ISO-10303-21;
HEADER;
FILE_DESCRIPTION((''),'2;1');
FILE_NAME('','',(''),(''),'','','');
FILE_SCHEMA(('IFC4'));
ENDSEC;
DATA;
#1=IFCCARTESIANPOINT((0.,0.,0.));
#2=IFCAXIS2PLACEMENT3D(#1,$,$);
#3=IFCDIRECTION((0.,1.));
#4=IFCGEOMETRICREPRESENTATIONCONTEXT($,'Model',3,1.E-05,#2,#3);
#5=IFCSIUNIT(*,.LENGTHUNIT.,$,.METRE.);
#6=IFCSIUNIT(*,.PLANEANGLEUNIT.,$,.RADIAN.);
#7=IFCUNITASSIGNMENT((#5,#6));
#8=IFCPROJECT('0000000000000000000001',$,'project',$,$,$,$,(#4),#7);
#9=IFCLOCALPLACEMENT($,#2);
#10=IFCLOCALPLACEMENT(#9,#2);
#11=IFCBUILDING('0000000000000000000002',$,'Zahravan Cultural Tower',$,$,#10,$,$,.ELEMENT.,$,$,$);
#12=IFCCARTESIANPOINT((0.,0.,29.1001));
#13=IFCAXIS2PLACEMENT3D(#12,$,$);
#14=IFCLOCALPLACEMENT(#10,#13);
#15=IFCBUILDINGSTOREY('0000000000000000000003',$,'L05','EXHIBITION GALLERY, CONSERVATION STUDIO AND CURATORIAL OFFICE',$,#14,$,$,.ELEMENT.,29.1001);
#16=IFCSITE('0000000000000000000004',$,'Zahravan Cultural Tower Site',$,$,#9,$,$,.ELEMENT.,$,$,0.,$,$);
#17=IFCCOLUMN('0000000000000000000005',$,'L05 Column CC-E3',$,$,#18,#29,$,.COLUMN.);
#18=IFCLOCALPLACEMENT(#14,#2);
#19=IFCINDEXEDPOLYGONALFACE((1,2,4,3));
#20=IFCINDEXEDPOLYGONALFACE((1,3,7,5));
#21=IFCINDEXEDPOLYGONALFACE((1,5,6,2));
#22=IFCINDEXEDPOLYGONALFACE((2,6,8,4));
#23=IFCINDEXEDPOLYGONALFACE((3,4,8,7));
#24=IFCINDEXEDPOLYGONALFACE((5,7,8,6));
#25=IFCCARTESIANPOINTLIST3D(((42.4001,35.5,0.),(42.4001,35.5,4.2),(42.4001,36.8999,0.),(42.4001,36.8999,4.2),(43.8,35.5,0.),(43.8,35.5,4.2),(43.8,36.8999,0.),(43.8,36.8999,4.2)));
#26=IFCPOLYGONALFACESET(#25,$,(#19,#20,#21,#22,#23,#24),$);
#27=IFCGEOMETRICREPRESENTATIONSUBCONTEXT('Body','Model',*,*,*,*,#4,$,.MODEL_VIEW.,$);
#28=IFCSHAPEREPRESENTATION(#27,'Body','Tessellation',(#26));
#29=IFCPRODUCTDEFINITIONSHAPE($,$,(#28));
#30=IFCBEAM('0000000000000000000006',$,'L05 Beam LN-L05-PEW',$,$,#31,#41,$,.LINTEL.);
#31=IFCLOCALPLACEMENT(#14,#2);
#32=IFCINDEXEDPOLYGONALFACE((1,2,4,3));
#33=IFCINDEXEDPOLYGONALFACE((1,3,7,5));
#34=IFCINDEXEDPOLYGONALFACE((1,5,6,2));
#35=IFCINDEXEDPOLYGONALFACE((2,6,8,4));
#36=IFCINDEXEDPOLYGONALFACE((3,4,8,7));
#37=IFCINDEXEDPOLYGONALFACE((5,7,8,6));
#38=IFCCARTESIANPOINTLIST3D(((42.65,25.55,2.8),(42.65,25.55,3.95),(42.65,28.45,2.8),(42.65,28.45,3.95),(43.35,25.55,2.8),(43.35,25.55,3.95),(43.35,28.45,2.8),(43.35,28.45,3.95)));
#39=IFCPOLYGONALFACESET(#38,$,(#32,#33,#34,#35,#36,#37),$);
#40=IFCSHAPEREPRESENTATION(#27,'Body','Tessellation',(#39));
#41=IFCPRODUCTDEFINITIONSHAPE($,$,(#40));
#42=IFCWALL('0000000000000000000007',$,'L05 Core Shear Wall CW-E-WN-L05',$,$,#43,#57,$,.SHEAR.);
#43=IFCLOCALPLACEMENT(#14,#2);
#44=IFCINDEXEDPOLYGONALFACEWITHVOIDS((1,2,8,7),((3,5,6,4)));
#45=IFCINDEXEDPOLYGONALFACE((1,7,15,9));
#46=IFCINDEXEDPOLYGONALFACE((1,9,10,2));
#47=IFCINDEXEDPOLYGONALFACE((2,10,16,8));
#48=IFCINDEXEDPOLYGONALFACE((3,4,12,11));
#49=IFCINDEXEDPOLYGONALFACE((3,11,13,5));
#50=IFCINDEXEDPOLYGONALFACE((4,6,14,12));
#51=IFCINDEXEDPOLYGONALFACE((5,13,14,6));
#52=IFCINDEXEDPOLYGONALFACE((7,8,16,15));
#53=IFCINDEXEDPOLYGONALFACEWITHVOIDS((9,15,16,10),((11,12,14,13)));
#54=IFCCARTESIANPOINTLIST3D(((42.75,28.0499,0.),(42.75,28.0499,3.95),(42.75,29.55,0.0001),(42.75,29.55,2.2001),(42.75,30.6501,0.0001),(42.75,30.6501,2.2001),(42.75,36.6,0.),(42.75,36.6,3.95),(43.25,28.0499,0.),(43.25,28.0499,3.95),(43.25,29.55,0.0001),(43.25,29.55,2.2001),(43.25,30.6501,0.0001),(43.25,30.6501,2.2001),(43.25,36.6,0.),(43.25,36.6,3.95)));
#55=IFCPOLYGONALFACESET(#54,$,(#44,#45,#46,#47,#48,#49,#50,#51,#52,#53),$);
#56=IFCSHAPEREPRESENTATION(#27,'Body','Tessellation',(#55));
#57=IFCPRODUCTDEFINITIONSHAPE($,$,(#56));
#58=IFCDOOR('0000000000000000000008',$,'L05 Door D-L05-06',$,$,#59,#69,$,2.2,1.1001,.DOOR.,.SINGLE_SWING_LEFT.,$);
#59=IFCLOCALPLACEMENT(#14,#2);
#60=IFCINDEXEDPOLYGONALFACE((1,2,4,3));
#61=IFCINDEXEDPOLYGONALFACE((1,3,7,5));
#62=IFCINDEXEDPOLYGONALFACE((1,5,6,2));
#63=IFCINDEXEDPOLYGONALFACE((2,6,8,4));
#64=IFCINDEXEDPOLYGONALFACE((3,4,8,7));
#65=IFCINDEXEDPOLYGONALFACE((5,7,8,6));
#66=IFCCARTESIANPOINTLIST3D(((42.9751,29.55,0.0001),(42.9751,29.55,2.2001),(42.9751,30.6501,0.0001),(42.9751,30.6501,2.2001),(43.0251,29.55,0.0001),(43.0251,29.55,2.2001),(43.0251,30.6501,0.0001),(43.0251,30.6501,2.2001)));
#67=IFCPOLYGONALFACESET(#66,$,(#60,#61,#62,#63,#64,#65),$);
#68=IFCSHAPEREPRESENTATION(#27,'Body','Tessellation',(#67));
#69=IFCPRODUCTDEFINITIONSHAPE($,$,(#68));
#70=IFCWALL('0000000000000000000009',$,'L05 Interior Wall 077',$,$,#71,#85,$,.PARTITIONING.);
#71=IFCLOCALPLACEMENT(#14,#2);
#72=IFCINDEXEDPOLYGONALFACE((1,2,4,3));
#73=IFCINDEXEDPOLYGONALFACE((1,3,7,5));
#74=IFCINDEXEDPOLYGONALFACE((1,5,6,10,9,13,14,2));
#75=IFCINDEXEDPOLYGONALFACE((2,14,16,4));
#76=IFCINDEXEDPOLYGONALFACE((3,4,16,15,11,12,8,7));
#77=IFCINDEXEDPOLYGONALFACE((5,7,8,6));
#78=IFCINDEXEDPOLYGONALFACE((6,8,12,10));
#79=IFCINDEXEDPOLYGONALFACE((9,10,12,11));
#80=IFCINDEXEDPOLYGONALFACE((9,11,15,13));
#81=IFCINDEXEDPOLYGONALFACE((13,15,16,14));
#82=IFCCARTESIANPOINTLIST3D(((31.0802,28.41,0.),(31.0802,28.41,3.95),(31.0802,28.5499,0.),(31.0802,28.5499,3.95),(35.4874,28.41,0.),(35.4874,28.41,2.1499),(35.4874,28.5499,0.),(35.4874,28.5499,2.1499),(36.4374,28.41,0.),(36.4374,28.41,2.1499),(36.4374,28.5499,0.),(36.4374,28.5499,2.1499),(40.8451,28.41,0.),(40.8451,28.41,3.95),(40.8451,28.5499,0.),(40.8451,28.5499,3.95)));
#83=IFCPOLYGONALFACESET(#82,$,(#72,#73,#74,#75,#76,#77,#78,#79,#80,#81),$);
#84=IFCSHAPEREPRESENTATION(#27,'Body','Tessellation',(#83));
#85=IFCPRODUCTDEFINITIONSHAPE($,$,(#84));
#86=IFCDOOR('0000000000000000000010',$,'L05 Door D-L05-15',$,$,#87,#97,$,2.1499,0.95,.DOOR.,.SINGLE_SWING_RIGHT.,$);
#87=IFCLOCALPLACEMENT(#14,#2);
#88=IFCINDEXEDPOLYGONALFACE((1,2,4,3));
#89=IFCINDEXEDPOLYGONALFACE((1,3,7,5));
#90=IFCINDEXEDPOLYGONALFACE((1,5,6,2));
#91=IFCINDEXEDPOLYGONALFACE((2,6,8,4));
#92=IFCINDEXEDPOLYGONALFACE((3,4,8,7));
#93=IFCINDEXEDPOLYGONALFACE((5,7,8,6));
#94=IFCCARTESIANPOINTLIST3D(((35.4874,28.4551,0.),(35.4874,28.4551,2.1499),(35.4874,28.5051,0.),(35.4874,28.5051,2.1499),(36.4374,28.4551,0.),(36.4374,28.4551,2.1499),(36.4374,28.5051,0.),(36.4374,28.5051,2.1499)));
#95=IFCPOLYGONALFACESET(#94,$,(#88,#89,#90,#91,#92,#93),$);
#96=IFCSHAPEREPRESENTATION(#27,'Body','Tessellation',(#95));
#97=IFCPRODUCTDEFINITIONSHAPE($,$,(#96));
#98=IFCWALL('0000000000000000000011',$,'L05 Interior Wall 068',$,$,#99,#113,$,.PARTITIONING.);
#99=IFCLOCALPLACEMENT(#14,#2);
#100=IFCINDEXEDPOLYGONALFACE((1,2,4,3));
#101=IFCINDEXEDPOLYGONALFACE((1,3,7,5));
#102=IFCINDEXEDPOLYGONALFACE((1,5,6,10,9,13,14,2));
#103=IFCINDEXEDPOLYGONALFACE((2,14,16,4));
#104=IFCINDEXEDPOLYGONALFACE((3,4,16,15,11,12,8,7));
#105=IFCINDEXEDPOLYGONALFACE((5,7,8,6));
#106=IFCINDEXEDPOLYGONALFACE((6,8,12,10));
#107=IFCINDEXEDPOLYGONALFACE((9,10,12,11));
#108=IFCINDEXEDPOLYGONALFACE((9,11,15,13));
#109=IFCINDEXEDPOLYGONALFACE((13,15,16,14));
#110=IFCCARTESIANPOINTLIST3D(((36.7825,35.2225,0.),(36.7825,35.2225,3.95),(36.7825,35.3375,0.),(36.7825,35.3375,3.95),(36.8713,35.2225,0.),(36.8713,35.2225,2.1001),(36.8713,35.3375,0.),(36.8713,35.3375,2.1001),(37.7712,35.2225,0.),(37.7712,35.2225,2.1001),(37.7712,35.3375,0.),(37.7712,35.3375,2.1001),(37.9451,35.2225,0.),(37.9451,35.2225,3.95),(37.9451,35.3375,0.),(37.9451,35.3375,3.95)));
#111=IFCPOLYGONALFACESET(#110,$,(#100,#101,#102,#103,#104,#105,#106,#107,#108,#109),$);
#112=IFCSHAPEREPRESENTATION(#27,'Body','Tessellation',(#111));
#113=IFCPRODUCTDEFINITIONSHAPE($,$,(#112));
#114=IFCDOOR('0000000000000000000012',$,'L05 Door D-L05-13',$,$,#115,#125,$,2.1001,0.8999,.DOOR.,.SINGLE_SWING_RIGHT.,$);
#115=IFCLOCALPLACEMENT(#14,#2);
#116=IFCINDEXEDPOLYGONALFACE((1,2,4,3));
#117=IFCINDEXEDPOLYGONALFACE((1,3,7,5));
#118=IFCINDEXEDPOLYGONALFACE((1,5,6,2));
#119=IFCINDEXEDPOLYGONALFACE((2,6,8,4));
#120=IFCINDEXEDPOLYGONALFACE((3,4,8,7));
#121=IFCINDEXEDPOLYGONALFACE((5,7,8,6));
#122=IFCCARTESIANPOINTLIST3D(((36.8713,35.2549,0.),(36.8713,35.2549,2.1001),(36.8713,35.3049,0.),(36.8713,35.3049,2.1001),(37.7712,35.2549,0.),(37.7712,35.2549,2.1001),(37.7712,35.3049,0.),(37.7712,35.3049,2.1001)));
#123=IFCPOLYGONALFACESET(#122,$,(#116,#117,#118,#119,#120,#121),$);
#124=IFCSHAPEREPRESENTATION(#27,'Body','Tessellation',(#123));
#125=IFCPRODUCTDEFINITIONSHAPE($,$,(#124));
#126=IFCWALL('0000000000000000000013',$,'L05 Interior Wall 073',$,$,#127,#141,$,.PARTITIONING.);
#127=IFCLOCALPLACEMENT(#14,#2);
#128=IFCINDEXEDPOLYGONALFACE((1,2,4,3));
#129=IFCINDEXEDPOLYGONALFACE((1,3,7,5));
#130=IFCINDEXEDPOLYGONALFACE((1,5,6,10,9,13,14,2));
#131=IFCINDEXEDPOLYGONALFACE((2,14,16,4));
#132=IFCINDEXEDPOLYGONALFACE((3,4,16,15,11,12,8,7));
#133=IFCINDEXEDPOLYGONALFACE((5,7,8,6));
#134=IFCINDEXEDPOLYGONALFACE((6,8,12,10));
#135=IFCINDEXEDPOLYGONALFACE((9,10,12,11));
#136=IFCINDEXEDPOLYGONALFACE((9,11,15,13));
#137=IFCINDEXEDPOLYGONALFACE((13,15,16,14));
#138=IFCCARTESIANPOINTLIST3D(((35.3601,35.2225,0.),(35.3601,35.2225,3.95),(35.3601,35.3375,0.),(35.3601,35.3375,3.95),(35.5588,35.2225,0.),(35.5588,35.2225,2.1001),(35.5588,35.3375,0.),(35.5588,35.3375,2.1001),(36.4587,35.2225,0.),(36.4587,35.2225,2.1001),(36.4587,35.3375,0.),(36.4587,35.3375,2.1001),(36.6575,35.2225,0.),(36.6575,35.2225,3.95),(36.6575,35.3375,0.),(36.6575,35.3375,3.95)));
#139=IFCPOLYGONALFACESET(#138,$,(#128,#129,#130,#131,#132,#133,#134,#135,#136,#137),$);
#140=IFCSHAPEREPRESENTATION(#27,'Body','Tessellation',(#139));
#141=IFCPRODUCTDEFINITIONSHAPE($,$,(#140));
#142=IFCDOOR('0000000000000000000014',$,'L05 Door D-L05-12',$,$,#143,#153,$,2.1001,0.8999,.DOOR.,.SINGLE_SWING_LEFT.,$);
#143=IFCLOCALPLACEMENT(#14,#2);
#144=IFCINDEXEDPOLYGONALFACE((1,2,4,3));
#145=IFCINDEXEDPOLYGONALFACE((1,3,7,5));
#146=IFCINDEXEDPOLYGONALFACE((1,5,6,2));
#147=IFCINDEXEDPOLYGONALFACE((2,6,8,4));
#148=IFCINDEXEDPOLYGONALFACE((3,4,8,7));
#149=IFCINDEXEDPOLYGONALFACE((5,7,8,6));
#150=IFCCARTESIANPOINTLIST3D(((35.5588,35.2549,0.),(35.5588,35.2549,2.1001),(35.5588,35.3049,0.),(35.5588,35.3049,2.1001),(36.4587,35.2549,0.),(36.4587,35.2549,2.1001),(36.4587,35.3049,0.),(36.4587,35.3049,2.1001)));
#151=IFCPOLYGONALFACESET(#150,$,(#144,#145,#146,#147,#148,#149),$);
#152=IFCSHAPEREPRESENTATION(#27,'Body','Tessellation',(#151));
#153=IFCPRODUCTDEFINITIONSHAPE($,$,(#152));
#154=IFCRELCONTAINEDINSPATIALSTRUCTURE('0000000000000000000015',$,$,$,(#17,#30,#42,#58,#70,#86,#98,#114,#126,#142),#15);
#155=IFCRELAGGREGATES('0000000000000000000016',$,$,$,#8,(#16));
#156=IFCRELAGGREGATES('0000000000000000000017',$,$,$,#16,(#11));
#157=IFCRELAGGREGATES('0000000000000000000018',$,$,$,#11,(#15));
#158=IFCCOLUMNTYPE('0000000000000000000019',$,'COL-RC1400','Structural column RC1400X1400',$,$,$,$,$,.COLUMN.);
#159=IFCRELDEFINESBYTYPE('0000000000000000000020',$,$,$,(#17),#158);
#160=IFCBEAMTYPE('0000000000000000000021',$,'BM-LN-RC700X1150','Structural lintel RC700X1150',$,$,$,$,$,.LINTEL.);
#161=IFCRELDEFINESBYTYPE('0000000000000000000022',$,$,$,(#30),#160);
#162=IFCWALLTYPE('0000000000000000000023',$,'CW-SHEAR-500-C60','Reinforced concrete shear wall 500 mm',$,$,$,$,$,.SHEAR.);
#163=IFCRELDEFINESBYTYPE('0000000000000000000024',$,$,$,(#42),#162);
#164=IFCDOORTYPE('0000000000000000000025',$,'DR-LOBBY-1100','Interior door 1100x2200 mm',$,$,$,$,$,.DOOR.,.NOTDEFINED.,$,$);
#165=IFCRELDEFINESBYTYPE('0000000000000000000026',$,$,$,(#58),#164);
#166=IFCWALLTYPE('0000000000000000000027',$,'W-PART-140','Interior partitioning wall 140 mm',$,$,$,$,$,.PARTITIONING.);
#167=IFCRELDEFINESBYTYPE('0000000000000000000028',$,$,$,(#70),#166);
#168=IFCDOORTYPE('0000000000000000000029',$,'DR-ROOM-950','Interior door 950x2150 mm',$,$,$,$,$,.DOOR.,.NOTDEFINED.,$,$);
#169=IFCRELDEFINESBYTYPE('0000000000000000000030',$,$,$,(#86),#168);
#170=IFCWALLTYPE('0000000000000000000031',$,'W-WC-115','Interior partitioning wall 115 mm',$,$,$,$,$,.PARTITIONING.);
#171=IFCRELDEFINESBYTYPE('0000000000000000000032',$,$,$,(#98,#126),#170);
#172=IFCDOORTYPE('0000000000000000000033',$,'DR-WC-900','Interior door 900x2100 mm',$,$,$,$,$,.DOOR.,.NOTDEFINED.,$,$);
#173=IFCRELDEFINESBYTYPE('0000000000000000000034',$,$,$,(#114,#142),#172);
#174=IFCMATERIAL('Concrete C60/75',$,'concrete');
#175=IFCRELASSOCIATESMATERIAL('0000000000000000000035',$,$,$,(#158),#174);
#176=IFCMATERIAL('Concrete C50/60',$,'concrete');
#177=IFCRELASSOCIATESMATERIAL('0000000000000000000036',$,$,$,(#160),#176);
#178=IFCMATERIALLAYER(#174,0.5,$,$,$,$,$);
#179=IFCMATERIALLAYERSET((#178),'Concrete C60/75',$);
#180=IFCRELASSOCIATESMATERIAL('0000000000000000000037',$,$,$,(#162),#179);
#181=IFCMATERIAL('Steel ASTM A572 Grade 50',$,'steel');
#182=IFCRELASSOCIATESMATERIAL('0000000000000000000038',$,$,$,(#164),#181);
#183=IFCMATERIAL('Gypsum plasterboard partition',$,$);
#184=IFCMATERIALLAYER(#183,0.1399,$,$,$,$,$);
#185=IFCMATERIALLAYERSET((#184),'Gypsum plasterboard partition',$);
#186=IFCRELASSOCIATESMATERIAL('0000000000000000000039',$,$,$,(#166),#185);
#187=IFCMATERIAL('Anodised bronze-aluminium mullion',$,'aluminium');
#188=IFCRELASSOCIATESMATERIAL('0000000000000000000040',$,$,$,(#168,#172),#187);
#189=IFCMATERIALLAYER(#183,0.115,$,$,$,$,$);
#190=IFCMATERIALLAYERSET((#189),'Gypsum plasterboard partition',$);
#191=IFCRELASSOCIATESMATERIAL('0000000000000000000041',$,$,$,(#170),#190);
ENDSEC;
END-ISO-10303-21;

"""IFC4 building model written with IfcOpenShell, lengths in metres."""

from ifc_helpers import new_model, si_unit, direction, frame, frame_2d, origin, origin_2d, place, context, subcontext, project, spatial, rectangle, extrude, source, transform, mapped, material, layer, layer_set, material_profile, profile_set, type_object, element, fill, save


model = new_model("IFC4")

# Units and contexts
model_context = context("Model", 3, precision=1e-05, world=origin(), true_north=direction((0.0, 1.0)))
body_context = subcontext(model_context, "Body", "Model", "MODEL_VIEW")
ifc_project = project(units=[si_unit("LENGTHUNIT", "METRE"), si_unit("PLANEANGLEUNIT", "RADIAN")], contexts=[model_context])

# Site, building, storey
site_placement = place(None, origin())
site = spatial("IfcSite", under=ifc_project, at=site_placement, Name="Zahravan Cultural Tower Site", CompositionType="ELEMENT", RefElevation=0.0)
building_placement = place(site_placement, origin())
building = spatial("IfcBuilding", under=site, at=building_placement, Name="Zahravan Cultural Tower", CompositionType="ELEMENT")
storey_placement = place(building_placement, frame((0.0, 0.0, 29.1001)))
storey = spatial("IfcBuildingStorey", under=building, at=storey_placement, Name="L05", Description="EXHIBITION GALLERY, CONSERVATION STUDIO AND CURATORIAL OFFICE", CompositionType="ELEMENT", Elevation=29.1001)

# Column
ifc_material_1 = material(Name="Concrete C60/75", Category="concrete")
ifc_material_profile_1 = material_profile(ifc_material_1, rectangle(XDim=1.3999, YDim=1.3999, at=origin_2d()), Name="RC1400X1400")
ifc_profile_set_1 = profile_set([ifc_material_profile_1], Name="Concrete C60/75")
column_type = type_object("IfcColumnType", Name="COL-RC1400", Description="Structural column RC1400X1400", PredefinedType="COLUMN", material=ifc_profile_set_1)
shared_shape_1 = source(origin(), body_context, "Body", "SweptSolid", [
    extrude(rectangle(XDim=1.3999, YDim=1.3999, at=origin_2d()), origin(), (0.0, 0.0, 1.0), 4.2),
])
column_placement = place(storey_placement, frame((43.1001, 36.2, 0.0), z_axis=(0.0, 0.0, 1.0), x_axis=(1.0, 0.0, 0.0)))
element("IfcColumn", 1, at=column_placement, inside=storey, type_object=column_type, Name="L05 Column CC-E3", PredefinedType="COLUMN", context=body_context, shape_type="MappedRepresentation", body=[
    mapped(shared_shape_1, transform((0.0, 0.0, 0.0), x_axis=(1.0, 0.0, 0.0), y_axis=(0.0, 1.0, 0.0), z_axis=(0.0, 0.0, 1.0), scale=1.0)),
])

# Beam
ifc_material_2 = material(Name="Concrete C50/60", Category="concrete")
ifc_material_profile_2 = material_profile(ifc_material_2, rectangle(XDim=0.7, YDim=1.1499, at=origin_2d()), Name="RC700X1150")
ifc_profile_set_2 = profile_set([ifc_material_profile_2], Name="Concrete C50/60")
beam_type = type_object("IfcBeamType", Name="BM-LN-RC700X1150", Description="Structural lintel RC700X1150", PredefinedType="LINTEL", material=ifc_profile_set_2)
shared_shape_2 = source(origin(), body_context, "Body", "SweptSolid", [
    extrude(rectangle(XDim=0.7, YDim=1.1499, at=origin_2d()), origin(), (0.0, 0.0, 1.0), 2.8999),
])
beam_placement = place(storey_placement, frame((43.0, 25.55, 3.375), z_axis=(0.0, 1.0, 0.0), x_axis=(-1.0, 0.0, 0.0)))
element("IfcBeam", 2, at=beam_placement, inside=storey, type_object=beam_type, Name="L05 Beam LN-L05-PEW", PredefinedType="LINTEL", context=body_context, shape_type="MappedRepresentation", body=[
    mapped(shared_shape_2, transform((0.0, 0.0, 0.0), x_axis=(1.0, 0.0, 0.0), y_axis=(0.0, 1.0, 0.0), z_axis=(0.0, 0.0, 1.0), scale=1.0)),
])

# Walls, openings, doors
ifc_layer_1 = layer(ifc_material_1, 0.5)
ifc_layer_set_1 = layer_set([ifc_layer_1], Name="Concrete C60/75")
wall_type_1 = type_object("IfcWallType", Name="CW-SHEAR-500-C60", Description="Reinforced concrete shear wall 500 mm", PredefinedType="SHEAR", material=ifc_layer_set_1)
wall_1_placement = place(storey_placement, frame((43.0, 28.05, 0.0), z_axis=(0.0, 0.0, 1.0), x_axis=(0.0, 1.0, 0.0)))
wall_1 = element("IfcWall", 3, at=wall_1_placement, inside=storey, type_object=wall_type_1, Name="L05 Core Shear Wall CW-E-WN-L05", PredefinedType="SHEAR", context=body_context, shape_type="SweptSolid", body=[
    extrude(rectangle(XDim=8.55, YDim=0.5, at=frame_2d((4.2749, 0.0))), origin(), (0.0, 0.0, 1.0), 3.95),
])
opening_1_placement = place(wall_1_placement, frame((1.5, 0.0, 0.0)))
opening_1 = element("IfcOpeningElement", 4, at=opening_1_placement, cuts=wall_1, PredefinedType="OPENING", context=body_context, shape_type="SweptSolid", body=[
    extrude(rectangle(XDim=1.1001, YDim=2.2, at=frame_2d((0.55, 1.1001))), frame((0.0, 0.26, 0.0), z_axis=(0.0, -1.0, 0.0), x_axis=(1.0, 0.0, 0.0)), (0.0, 0.0, 1.0), 0.52),
])
ifc_material_3 = material(Name="Steel ASTM A572 Grade 50", Category="steel")
door_type_1 = type_object("IfcDoorType", Name="DR-LOBBY-1100", Description="Interior door 1100x2200 mm", OperationType="NOTDEFINED", PredefinedType="DOOR", material=ifc_material_3)
shared_shape_3 = source(origin(), body_context, "Body", "SweptSolid", [
    extrude(rectangle(XDim=1.1001, YDim=2.2, at=frame_2d((0.55, 1.1001))), frame((0.0, 0.0249, 0.0), z_axis=(0.0, -1.0, 0.0), x_axis=(1.0, 0.0, 0.0)), (0.0, 0.0, 1.0), 0.05),
])
door_1_placement = place(opening_1_placement, origin())
door_1 = element("IfcDoor", 5, at=door_1_placement, inside=storey, type_object=door_type_1, Name="L05 Door D-L05-06", OperationType="SINGLE_SWING_LEFT", OverallHeight=2.2, OverallWidth=1.1001, PredefinedType="DOOR", context=body_context, shape_type="MappedRepresentation", body=[
    mapped(shared_shape_3, transform((0.0, 0.0, 0.0), x_axis=(1.0, 0.0, 0.0), y_axis=(0.0, 1.0, 0.0), z_axis=(0.0, 0.0, 1.0), scale=1.0)),
])
fill(opening_1, door_1)
ifc_material_4 = material(Name="Gypsum plasterboard partition")
ifc_layer_2 = layer(ifc_material_4, 0.1399)
ifc_layer_set_2 = layer_set([ifc_layer_2], Name="Gypsum plasterboard partition")
wall_type_2 = type_object("IfcWallType", Name="W-PART-140", Description="Interior partitioning wall 140 mm", PredefinedType="PARTITIONING", material=ifc_layer_set_2)
wall_2_placement = place(storey_placement, frame((40.845, 28.48, 0.0), z_axis=(0.0, 0.0, 1.0), x_axis=(-1.0, 0.0, 0.0)))
wall_2 = element("IfcWall", 6, at=wall_2_placement, inside=storey, type_object=wall_type_2, Name="L05 Interior Wall 077", PredefinedType="PARTITIONING", context=body_context, shape_type="SweptSolid", body=[
    extrude(rectangle(XDim=9.7649, YDim=0.1399, at=frame_2d((4.8823, 0.0))), origin(), (0.0, 0.0, 1.0), 3.95),
])
opening_2_placement = place(wall_2_placement, frame((4.4075, 0.0, 0.0)))
opening_2 = element("IfcOpeningElement", 7, at=opening_2_placement, cuts=wall_2, PredefinedType="OPENING", context=body_context, shape_type="SweptSolid", body=[
    extrude(rectangle(XDim=0.95, YDim=2.1499, at=frame_2d((0.4751, 1.075))), frame((0.0, 0.0798, 0.0), z_axis=(0.0, -1.0, 0.0), x_axis=(1.0, 0.0, 0.0)), (0.0, 0.0, 1.0), 0.1599),
])
ifc_material_5 = material(Name="Anodised bronze-aluminium mullion", Category="aluminium")
door_type_2 = type_object("IfcDoorType", Name="DR-ROOM-950", Description="Interior door 950x2150 mm", OperationType="NOTDEFINED", PredefinedType="DOOR", material=ifc_material_5)
shared_shape_4 = source(origin(), body_context, "Body", "SweptSolid", [
    extrude(rectangle(XDim=0.95, YDim=2.1499, at=frame_2d((0.4751, 1.075))), frame((0.0, 0.0249, 0.0), z_axis=(0.0, -1.0, 0.0), x_axis=(1.0, 0.0, 0.0)), (0.0, 0.0, 1.0), 0.05),
])
door_2_placement = place(opening_2_placement, origin())
door_2 = element("IfcDoor", 8, at=door_2_placement, inside=storey, type_object=door_type_2, Name="L05 Door D-L05-15", OperationType="SINGLE_SWING_RIGHT", OverallHeight=2.1499, OverallWidth=0.95, PredefinedType="DOOR", context=body_context, shape_type="MappedRepresentation", body=[
    mapped(shared_shape_4, transform((0.0, 0.0, 0.0), x_axis=(1.0, 0.0, 0.0), y_axis=(0.0, 1.0, 0.0), z_axis=(0.0, 0.0, 1.0), scale=1.0)),
])
fill(opening_2, door_2)
ifc_layer_3 = layer(ifc_material_4, 0.115)
ifc_layer_set_3 = layer_set([ifc_layer_3], Name="Gypsum plasterboard partition")
wall_type_3 = type_object("IfcWallType", Name="W-WC-115", Description="Interior partitioning wall 115 mm", PredefinedType="PARTITIONING", material=ifc_layer_set_3)
wall_3_placement = place(storey_placement, frame((36.7825, 35.28, 0.0), z_axis=(0.0, 0.0, 1.0), x_axis=(1.0, 0.0, 0.0)))
wall_3 = element("IfcWall", 9, at=wall_3_placement, inside=storey, type_object=wall_type_3, Name="L05 Interior Wall 068", PredefinedType="PARTITIONING", context=body_context, shape_type="SweptSolid", body=[
    extrude(rectangle(XDim=1.1626, YDim=0.115, at=frame_2d((0.5813, 0.0))), origin(), (0.0, 0.0, 1.0), 3.95),
])
opening_3_placement = place(wall_3_placement, frame((0.0889, 0.0, 0.0)))
opening_3 = element("IfcOpeningElement", 10, at=opening_3_placement, cuts=wall_3, PredefinedType="OPENING", context=body_context, shape_type="SweptSolid", body=[
    extrude(rectangle(XDim=0.8999, YDim=2.1001, at=frame_2d((0.45, 1.05))), frame((0.0, 0.0674, 0.0), z_axis=(0.0, -1.0, 0.0), x_axis=(1.0, 0.0, 0.0)), (0.0, 0.0, 1.0), 0.135),
])
door_type_3 = type_object("IfcDoorType", Name="DR-WC-900", Description="Interior door 900x2100 mm", OperationType="NOTDEFINED", PredefinedType="DOOR", material=ifc_material_5)
shared_shape_5 = source(origin(), body_context, "Body", "SweptSolid", [
    extrude(rectangle(XDim=0.8999, YDim=2.1001, at=frame_2d((0.45, 1.05))), frame((0.0, 0.0249, 0.0), z_axis=(0.0, -1.0, 0.0), x_axis=(1.0, 0.0, 0.0)), (0.0, 0.0, 1.0), 0.05),
])
door_3_placement = place(opening_3_placement, origin())
door_3 = element("IfcDoor", 11, at=door_3_placement, inside=storey, type_object=door_type_3, Name="L05 Door D-L05-13", OperationType="SINGLE_SWING_RIGHT", OverallHeight=2.1001, OverallWidth=0.8999, PredefinedType="DOOR", context=body_context, shape_type="MappedRepresentation", body=[
    mapped(shared_shape_5, transform((0.0, 0.0, 0.0), x_axis=(1.0, 0.0, 0.0), y_axis=(0.0, 1.0, 0.0), z_axis=(0.0, 0.0, 1.0), scale=1.0)),
])
fill(opening_3, door_3)
wall_4_placement = place(storey_placement, frame((35.3601, 35.28, 0.0), z_axis=(0.0, 0.0, 1.0), x_axis=(1.0, 0.0, 0.0)))
wall_4 = element("IfcWall", 12, at=wall_4_placement, inside=storey, type_object=wall_type_3, Name="L05 Interior Wall 073", PredefinedType="PARTITIONING", context=body_context, shape_type="SweptSolid", body=[
    extrude(rectangle(XDim=1.2974, YDim=0.115, at=frame_2d((0.6487, 0.0))), origin(), (0.0, 0.0, 1.0), 3.95),
])
opening_4_placement = place(wall_4_placement, frame((0.1987, 0.0, 0.0)))
opening_4 = element("IfcOpeningElement", 13, at=opening_4_placement, cuts=wall_4, PredefinedType="OPENING", context=body_context, shape_type="SweptSolid", body=[
    extrude(rectangle(XDim=0.8999, YDim=2.1001, at=frame_2d((0.45, 1.05))), frame((0.0, 0.0674, 0.0), z_axis=(0.0, -1.0, 0.0), x_axis=(1.0, 0.0, 0.0)), (0.0, 0.0, 1.0), 0.135),
])
door_4_placement = place(opening_4_placement, origin())
door_4 = element("IfcDoor", 14, at=door_4_placement, inside=storey, type_object=door_type_3, Name="L05 Door D-L05-12", OperationType="SINGLE_SWING_LEFT", OverallHeight=2.1001, OverallWidth=0.8999, PredefinedType="DOOR", context=body_context, shape_type="MappedRepresentation", body=[
    mapped(shared_shape_5, transform((0.0, 0.0, 0.0), x_axis=(1.0, 0.0, 0.0), y_axis=(0.0, 1.0, 0.0), z_axis=(0.0, 0.0, 1.0), scale=1.0)),
])
fill(opening_4, door_4)

save(model, "model.ifc")
